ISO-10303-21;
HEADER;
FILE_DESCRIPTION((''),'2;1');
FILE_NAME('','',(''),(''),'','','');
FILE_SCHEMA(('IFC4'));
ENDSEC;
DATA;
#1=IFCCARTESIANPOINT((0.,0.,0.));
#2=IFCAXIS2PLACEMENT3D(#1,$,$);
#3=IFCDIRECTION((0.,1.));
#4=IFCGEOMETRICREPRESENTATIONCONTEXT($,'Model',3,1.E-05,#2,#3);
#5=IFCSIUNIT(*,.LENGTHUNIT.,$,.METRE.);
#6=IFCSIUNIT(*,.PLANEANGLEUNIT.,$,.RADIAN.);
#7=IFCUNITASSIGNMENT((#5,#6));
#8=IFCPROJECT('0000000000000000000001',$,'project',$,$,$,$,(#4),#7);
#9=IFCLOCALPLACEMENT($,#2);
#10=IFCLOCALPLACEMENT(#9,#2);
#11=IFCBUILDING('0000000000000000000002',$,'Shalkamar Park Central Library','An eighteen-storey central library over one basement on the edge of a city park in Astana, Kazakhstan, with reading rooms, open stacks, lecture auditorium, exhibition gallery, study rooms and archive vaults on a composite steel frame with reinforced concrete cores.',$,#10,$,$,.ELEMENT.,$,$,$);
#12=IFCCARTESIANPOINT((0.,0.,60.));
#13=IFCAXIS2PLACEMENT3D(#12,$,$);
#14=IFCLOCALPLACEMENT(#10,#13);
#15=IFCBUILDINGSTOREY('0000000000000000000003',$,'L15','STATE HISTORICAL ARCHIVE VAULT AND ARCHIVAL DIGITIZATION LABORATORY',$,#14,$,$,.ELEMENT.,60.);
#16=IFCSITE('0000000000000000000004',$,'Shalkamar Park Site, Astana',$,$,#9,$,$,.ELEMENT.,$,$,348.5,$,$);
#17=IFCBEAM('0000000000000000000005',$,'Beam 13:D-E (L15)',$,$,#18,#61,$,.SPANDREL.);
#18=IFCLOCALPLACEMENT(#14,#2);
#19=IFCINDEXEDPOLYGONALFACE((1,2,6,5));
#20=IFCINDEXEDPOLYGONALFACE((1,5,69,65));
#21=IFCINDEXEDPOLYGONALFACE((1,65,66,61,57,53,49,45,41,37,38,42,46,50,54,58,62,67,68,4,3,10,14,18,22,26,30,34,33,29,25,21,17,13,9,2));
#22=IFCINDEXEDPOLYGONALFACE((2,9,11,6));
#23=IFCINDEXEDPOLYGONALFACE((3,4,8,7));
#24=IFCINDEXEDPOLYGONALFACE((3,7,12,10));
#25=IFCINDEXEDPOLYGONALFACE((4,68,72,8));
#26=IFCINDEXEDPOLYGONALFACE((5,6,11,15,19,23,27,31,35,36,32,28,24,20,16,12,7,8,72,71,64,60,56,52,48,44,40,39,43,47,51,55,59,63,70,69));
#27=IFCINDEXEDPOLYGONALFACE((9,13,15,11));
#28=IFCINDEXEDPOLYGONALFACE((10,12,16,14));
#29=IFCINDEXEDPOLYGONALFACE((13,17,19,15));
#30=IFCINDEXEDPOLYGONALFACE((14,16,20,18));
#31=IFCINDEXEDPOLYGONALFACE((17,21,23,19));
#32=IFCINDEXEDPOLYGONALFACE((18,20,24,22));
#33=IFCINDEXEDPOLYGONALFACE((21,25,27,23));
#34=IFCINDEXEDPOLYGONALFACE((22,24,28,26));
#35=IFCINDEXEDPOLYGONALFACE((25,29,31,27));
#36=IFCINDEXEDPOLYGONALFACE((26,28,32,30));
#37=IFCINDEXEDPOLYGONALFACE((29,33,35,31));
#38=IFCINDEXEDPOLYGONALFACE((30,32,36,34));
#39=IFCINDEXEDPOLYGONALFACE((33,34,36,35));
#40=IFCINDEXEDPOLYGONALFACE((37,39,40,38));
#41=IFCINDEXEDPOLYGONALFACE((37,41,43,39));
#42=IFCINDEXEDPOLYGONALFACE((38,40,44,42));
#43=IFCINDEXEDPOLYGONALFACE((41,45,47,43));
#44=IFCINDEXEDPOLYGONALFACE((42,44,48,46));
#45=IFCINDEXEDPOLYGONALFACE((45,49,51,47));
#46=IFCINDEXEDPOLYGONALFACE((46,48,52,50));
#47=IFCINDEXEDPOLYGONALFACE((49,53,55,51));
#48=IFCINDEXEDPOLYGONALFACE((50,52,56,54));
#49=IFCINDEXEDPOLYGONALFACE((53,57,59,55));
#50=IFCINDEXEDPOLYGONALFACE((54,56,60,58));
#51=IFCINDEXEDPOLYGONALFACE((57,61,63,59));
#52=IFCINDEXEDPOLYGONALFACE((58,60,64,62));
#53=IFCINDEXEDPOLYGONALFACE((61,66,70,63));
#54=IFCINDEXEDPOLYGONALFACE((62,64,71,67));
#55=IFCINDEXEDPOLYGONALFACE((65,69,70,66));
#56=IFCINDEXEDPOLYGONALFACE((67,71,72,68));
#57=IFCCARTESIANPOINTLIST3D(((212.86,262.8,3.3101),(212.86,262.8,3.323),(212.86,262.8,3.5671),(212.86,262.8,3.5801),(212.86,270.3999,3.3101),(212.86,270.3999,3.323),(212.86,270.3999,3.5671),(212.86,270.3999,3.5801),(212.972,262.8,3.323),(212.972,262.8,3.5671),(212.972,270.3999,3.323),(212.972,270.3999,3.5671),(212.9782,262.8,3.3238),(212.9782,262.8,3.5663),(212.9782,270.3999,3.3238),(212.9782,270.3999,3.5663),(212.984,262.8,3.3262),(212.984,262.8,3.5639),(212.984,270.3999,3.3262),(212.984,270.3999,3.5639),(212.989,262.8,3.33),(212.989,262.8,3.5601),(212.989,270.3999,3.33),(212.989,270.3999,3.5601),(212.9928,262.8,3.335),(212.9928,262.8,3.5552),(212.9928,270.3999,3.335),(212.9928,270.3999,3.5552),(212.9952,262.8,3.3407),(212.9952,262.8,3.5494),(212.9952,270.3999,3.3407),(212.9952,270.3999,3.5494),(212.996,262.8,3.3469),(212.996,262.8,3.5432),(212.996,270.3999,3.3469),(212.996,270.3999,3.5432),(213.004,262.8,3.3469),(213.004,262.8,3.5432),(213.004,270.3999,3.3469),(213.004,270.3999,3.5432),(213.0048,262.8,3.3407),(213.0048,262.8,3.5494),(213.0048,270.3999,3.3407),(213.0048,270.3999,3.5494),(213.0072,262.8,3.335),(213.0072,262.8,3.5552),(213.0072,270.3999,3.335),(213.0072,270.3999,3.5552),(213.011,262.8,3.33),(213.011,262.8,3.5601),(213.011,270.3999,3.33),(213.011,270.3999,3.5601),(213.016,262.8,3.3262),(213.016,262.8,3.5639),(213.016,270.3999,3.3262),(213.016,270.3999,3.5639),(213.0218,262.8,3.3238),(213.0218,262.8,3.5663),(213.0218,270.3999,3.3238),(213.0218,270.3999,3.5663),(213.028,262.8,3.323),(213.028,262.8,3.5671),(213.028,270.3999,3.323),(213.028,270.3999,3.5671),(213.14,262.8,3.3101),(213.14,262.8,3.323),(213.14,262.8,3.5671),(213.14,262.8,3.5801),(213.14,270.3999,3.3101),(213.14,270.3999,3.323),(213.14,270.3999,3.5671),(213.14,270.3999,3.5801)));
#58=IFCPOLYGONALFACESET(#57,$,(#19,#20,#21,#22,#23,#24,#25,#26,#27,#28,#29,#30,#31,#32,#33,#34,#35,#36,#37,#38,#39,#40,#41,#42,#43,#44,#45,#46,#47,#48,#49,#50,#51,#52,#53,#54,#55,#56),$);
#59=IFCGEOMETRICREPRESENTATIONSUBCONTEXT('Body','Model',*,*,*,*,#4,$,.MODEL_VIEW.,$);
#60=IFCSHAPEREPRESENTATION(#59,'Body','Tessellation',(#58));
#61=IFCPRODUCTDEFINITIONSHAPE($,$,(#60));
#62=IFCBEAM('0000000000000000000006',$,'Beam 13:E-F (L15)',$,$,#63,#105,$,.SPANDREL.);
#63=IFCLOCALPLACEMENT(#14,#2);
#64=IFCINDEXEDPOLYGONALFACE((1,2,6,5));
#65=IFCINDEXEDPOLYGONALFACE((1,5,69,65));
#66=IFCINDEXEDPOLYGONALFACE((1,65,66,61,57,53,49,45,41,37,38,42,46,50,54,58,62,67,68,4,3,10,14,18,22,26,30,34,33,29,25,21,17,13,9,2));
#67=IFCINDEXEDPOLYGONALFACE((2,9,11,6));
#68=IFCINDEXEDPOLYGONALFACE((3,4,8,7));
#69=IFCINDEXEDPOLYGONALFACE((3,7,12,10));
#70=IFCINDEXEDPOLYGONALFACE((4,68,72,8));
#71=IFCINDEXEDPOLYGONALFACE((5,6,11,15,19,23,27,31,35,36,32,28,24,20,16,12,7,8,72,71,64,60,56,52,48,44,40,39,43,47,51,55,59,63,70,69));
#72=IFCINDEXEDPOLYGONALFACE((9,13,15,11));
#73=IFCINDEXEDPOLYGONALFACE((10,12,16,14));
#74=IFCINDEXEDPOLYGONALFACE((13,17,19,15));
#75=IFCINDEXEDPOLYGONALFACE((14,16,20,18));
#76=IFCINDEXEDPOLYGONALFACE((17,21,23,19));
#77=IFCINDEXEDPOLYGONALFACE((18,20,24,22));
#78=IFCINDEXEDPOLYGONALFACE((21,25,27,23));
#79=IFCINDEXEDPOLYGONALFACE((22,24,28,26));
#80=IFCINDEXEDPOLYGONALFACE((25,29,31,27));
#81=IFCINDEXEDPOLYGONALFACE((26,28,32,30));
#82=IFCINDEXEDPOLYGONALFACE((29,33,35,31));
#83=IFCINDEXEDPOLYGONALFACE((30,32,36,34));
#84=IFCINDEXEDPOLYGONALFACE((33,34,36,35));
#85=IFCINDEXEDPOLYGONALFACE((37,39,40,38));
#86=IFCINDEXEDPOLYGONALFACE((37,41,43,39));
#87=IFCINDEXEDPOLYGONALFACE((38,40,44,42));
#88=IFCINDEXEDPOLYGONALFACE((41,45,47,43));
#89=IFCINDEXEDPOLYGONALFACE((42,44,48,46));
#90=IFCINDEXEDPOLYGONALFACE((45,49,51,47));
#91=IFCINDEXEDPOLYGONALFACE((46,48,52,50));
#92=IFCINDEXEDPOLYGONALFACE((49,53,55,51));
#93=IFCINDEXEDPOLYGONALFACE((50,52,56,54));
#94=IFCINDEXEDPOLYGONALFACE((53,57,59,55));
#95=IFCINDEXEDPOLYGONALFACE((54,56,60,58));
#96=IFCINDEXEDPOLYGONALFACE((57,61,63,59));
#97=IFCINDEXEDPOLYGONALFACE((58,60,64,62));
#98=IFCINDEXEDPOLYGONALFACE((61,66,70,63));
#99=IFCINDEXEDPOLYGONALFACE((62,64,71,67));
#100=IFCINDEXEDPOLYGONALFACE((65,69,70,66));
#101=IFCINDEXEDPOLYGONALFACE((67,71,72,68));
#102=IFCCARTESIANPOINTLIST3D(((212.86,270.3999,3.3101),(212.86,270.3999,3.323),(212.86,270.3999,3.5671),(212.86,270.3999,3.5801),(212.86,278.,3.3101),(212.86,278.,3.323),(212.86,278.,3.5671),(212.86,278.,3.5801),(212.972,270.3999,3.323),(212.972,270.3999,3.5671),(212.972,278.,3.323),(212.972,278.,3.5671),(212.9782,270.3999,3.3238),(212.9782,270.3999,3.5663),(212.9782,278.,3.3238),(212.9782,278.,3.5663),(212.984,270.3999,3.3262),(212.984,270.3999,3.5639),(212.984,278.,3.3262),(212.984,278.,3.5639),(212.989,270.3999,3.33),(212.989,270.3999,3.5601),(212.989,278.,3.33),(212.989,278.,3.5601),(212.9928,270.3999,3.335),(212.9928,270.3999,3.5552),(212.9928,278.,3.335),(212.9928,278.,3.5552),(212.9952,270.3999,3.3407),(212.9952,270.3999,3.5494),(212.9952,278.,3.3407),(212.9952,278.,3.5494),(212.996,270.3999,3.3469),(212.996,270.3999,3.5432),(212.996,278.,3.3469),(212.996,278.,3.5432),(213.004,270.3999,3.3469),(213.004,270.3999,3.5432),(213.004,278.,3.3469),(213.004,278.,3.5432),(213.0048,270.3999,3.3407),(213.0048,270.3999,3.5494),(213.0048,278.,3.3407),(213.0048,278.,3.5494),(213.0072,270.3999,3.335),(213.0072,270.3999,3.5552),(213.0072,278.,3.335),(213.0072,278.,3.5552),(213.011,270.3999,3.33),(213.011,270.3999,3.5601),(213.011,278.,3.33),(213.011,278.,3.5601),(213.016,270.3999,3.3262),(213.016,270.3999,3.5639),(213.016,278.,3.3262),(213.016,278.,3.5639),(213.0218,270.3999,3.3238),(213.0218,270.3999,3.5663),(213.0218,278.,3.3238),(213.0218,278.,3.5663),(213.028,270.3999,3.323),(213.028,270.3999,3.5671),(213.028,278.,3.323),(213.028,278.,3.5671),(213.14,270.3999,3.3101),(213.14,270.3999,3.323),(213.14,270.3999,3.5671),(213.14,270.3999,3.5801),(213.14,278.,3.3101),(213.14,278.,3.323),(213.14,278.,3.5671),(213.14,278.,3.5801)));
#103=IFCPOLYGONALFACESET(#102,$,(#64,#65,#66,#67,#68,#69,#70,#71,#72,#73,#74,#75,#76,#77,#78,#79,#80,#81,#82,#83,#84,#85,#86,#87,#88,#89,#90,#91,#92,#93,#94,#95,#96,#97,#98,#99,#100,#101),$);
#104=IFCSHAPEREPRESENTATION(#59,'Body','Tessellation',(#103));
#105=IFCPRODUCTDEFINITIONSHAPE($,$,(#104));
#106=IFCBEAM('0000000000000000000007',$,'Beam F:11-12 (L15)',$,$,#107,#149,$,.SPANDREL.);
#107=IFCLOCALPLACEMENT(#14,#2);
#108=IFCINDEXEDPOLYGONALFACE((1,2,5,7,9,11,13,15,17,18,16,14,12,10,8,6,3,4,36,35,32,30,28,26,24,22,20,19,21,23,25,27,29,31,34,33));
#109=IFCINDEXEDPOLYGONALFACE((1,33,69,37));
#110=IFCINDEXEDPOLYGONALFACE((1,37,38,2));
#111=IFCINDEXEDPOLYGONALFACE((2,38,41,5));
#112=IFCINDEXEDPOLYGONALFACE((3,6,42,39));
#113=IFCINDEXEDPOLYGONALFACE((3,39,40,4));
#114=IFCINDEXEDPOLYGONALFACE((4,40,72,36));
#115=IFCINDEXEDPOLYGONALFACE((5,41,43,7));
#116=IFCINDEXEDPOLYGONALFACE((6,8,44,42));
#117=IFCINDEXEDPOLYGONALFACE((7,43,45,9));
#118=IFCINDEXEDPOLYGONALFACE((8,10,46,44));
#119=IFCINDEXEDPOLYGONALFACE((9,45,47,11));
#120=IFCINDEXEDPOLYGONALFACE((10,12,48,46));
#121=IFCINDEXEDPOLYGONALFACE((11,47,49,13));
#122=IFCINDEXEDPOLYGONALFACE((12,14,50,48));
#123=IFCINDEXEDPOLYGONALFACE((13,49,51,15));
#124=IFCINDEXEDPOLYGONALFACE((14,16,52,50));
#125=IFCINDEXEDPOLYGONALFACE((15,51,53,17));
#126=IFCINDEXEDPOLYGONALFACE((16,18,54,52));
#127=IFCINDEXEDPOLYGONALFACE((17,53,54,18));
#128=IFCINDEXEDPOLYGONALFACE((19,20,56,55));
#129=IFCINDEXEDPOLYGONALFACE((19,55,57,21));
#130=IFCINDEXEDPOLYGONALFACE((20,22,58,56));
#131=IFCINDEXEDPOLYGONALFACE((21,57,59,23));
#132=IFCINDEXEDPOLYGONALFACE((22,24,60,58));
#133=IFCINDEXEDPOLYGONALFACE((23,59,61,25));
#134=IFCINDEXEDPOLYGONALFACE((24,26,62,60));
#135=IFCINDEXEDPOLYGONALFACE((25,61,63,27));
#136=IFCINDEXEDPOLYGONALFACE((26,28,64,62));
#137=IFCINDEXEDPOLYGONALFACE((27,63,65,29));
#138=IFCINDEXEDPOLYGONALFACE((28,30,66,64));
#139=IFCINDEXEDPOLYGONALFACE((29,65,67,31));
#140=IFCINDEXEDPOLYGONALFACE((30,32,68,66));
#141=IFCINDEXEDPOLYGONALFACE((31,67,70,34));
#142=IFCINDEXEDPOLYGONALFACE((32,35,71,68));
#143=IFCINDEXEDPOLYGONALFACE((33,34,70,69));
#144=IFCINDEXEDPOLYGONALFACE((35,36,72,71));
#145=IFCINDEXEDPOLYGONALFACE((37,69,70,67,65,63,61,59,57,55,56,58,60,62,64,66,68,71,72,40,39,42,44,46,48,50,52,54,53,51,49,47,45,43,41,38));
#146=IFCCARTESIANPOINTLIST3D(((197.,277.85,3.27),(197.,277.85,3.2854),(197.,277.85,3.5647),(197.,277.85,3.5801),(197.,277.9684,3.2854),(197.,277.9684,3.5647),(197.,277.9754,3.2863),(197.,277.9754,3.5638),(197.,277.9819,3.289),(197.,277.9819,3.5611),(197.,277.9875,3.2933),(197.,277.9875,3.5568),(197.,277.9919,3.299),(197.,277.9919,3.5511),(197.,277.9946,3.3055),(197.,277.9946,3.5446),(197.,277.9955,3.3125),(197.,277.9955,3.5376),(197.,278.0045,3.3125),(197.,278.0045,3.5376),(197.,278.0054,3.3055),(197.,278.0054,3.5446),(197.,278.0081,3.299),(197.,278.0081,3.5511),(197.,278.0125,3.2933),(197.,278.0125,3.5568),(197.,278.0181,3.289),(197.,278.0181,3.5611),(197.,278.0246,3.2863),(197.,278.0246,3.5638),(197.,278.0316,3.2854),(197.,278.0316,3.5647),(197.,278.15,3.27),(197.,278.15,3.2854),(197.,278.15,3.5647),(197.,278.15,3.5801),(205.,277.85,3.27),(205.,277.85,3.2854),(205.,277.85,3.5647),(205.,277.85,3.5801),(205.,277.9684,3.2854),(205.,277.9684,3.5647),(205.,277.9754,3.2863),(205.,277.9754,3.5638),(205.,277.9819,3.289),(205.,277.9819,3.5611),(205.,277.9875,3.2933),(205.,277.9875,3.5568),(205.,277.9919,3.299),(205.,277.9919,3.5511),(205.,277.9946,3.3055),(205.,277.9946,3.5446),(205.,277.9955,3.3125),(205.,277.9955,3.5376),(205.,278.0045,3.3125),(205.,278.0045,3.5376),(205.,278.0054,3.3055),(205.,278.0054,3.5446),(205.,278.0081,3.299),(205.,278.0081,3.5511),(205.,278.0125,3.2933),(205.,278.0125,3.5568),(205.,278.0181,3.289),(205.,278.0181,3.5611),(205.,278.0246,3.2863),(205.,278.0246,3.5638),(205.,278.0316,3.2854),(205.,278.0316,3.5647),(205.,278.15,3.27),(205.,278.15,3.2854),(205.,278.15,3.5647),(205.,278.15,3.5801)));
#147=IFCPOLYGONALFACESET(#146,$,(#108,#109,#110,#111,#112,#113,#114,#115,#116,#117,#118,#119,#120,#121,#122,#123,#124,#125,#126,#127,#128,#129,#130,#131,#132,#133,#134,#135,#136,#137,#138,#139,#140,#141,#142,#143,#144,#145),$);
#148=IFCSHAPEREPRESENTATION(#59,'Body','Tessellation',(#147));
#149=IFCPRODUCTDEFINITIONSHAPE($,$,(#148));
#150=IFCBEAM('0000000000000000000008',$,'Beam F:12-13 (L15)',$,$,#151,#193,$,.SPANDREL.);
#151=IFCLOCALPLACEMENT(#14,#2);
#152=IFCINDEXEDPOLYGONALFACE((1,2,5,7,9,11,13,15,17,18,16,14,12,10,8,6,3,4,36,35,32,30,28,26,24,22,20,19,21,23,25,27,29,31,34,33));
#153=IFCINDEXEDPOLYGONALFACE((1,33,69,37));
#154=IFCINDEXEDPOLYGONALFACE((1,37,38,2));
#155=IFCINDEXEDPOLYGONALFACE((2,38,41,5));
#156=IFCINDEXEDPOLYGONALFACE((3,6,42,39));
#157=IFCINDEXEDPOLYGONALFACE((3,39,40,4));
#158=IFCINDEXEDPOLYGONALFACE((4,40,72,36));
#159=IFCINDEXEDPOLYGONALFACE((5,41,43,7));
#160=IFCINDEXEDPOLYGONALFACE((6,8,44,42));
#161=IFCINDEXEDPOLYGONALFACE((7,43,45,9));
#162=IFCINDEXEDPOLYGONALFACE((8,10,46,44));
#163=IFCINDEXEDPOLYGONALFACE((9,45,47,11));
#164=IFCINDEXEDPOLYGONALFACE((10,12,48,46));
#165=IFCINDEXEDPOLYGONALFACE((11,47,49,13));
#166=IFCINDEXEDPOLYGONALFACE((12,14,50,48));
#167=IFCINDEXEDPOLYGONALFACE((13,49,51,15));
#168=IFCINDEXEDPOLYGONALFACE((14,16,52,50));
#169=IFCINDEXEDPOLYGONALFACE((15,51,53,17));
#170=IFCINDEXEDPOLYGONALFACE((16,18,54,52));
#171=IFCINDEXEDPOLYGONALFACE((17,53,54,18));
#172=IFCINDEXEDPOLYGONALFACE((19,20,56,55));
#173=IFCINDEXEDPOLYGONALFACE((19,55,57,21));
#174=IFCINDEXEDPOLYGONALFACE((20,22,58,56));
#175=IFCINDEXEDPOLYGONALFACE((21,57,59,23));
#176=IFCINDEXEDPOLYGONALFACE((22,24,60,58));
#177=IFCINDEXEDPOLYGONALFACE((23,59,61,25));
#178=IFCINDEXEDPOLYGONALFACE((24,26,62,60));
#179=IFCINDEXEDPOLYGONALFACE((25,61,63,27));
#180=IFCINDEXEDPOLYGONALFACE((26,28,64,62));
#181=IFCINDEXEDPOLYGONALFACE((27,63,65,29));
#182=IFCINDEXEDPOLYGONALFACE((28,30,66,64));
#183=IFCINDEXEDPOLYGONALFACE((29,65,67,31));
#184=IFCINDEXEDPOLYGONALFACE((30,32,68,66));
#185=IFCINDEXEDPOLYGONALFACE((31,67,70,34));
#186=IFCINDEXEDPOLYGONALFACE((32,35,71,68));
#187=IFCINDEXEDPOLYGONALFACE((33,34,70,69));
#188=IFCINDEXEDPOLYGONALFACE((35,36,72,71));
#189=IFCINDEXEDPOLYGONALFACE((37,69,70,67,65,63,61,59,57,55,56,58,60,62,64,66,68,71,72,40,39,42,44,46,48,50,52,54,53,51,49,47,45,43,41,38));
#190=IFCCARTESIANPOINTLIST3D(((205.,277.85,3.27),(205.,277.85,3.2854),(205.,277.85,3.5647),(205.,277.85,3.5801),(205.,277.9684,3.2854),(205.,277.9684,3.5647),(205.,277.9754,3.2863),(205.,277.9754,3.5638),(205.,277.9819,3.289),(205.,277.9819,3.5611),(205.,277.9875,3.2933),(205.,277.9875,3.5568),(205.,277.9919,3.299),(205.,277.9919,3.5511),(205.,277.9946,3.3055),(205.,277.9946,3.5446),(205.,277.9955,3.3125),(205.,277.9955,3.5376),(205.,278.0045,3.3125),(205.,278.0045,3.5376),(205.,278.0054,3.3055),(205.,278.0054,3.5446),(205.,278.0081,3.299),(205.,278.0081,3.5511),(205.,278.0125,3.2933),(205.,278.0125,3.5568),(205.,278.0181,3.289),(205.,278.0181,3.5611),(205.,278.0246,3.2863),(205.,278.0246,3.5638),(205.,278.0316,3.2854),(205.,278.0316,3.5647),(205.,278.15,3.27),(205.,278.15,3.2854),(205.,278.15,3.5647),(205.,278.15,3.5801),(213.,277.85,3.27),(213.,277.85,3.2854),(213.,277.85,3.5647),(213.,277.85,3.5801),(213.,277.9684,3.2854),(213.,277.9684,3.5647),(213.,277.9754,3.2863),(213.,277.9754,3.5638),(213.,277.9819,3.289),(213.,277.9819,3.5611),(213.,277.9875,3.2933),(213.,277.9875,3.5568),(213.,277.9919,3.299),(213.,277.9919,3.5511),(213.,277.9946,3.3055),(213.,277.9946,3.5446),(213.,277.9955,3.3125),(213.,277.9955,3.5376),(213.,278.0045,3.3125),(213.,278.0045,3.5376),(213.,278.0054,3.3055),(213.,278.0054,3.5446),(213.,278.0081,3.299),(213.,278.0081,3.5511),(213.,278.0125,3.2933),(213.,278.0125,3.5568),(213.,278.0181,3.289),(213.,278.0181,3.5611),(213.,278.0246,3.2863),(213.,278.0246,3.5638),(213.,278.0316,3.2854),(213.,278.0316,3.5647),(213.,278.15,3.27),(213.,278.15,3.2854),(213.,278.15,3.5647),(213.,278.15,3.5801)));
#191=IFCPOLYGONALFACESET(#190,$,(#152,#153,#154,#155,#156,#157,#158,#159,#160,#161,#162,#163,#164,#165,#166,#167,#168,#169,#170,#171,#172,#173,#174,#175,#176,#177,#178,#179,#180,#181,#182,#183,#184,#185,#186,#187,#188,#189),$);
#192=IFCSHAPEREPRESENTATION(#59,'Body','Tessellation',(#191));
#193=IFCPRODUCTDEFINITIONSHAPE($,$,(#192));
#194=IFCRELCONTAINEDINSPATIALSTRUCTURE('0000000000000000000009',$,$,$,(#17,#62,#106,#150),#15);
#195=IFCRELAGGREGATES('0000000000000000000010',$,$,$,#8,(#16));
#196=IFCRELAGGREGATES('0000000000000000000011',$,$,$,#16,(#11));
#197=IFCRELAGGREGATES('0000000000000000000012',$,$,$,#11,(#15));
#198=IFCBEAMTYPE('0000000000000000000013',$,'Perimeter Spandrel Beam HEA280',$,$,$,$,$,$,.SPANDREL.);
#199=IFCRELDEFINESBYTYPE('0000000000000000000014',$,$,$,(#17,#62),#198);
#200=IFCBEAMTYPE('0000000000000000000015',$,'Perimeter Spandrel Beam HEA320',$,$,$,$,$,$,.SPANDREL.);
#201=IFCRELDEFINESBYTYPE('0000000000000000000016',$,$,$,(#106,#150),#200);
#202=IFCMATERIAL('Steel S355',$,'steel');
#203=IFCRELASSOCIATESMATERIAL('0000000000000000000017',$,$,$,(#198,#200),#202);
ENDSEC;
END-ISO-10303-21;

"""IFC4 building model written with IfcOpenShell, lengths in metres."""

from ifc_helpers import new_model, si_unit, direction, frame, origin, origin_2d, place, context, subcontext, project, spatial, i_section, extrude, material, material_profile, profile_set, type_object, element, save


model = new_model("IFC4")

# Units and contexts
model_context = context("Model", 3, precision=1e-05, world=origin(), true_north=direction((0.0, 1.0)))
body_context = subcontext(model_context, "Body", "Model", "MODEL_VIEW")
ifc_project = project(units=[si_unit("LENGTHUNIT", "METRE"), si_unit("PLANEANGLEUNIT", "RADIAN")], contexts=[model_context])

# Site, building, storey
site_placement = place(None, origin())
site = spatial("IfcSite", under=ifc_project, at=site_placement, Name="Shalkamar Park Site, Astana", CompositionType="ELEMENT", RefElevation=348.5)
building_placement = place(site_placement, origin())
building = spatial("IfcBuilding", under=site, at=building_placement, Name="Shalkamar Park Central Library", Description="An eighteen-storey central library over one basement on the edge of a city park in Astana, Kazakhstan, with reading rooms, open stacks, lecture auditorium, exhibition gallery, study rooms and archive vaults on a composite steel frame with reinforced concrete cores.", CompositionType="ELEMENT")
storey_placement = place(building_placement, frame((0.0, 0.0, 60.0)))
storey = spatial("IfcBuildingStorey", under=building, at=storey_placement, Name="L15", Description="STATE HISTORICAL ARCHIVE VAULT AND ARCHIVAL DIGITIZATION LABORATORY", CompositionType="ELEMENT", Elevation=60.0)

# Shared definitions
ifc_material_1 = material(Name="Steel S355", Category="steel")

# Beams
ifc_material_profile_1 = material_profile(ifc_material_1, i_section(OverallWidth=0.28, OverallDepth=0.27, WebThickness=0.0081, FlangeThickness=0.0129, FilletRadius=0.0239, at=origin_2d()), Name="HEA 280")
ifc_profile_set_1 = profile_set([ifc_material_profile_1], Name="Steel S355")
beam_type_1 = type_object("IfcBeamType", Name="Perimeter Spandrel Beam HEA280", PredefinedType="SPANDREL", material=ifc_profile_set_1)
beam_1_placement = place(storey_placement, frame((213.0, 262.8, 3.4451), z_axis=(0.0, 1.0, 0.0), x_axis=(-1.0, 0.0, 0.0)))
element("IfcBeam", 1, at=beam_1_placement, inside=storey, type_object=beam_type_1, Name="Beam 13:D-E (L15)", PredefinedType="SPANDREL", context=body_context, shape_type="SweptSolid", body=[
    extrude(i_section(OverallWidth=0.28, OverallDepth=0.27, WebThickness=0.0081, FlangeThickness=0.0129, FilletRadius=0.0239, at=origin_2d()), origin(), (0.0, 0.0, 1.0), 7.5999),
])
beam_2_placement = place(storey_placement, frame((213.0, 270.3999, 3.4451), z_axis=(0.0, 1.0, 0.0), x_axis=(-1.0, 0.0, 0.0)))
element("IfcBeam", 2, at=beam_2_placement, inside=storey, type_object=beam_type_1, Name="Beam 13:E-F (L15)", PredefinedType="SPANDREL", context=body_context, shape_type="SweptSolid", body=[
    extrude(i_section(OverallWidth=0.28, OverallDepth=0.27, WebThickness=0.0081, FlangeThickness=0.0129, FilletRadius=0.0239, at=origin_2d()), origin(), (0.0, 0.0, 1.0), 7.6001),
])
ifc_material_profile_2 = material_profile(ifc_material_1, i_section(OverallWidth=0.3, OverallDepth=0.3101, WebThickness=0.009, FlangeThickness=0.0154, FilletRadius=0.0271, at=origin_2d()), Name="HEA 320")
ifc_profile_set_2 = profile_set([ifc_material_profile_2], Name="Steel S355")
beam_type_2 = type_object("IfcBeamType", Name="Perimeter Spandrel Beam HEA320", PredefinedType="SPANDREL", material=ifc_profile_set_2)
for number, where, z_axis, x_axis, name in (
    (3, (197.0, 278.0, 3.425), (1.0, 0.0, 0.0), (0.0, 1.0, 0.0), "Beam F:11-12 (L15)"),
    (4, (205.0, 278.0, 3.425), (1.0, 0.0, 0.0), (0.0, 1.0, 0.0), "Beam F:12-13 (L15)"),
):
    element("IfcBeam", number, at=place(storey_placement, frame(where, z_axis=z_axis, x_axis=x_axis)), inside=storey, type_object=beam_type_2, Name=name, PredefinedType="SPANDREL", context=body_context, shape_type="SweptSolid", body=[
        extrude(i_section(OverallWidth=0.3, OverallDepth=0.3101, WebThickness=0.009, FlangeThickness=0.0154, FilletRadius=0.0271, at=origin_2d()), origin(), (0.0, 0.0, 1.0), 8.0),
    ])

save(model, "model.ifc")
